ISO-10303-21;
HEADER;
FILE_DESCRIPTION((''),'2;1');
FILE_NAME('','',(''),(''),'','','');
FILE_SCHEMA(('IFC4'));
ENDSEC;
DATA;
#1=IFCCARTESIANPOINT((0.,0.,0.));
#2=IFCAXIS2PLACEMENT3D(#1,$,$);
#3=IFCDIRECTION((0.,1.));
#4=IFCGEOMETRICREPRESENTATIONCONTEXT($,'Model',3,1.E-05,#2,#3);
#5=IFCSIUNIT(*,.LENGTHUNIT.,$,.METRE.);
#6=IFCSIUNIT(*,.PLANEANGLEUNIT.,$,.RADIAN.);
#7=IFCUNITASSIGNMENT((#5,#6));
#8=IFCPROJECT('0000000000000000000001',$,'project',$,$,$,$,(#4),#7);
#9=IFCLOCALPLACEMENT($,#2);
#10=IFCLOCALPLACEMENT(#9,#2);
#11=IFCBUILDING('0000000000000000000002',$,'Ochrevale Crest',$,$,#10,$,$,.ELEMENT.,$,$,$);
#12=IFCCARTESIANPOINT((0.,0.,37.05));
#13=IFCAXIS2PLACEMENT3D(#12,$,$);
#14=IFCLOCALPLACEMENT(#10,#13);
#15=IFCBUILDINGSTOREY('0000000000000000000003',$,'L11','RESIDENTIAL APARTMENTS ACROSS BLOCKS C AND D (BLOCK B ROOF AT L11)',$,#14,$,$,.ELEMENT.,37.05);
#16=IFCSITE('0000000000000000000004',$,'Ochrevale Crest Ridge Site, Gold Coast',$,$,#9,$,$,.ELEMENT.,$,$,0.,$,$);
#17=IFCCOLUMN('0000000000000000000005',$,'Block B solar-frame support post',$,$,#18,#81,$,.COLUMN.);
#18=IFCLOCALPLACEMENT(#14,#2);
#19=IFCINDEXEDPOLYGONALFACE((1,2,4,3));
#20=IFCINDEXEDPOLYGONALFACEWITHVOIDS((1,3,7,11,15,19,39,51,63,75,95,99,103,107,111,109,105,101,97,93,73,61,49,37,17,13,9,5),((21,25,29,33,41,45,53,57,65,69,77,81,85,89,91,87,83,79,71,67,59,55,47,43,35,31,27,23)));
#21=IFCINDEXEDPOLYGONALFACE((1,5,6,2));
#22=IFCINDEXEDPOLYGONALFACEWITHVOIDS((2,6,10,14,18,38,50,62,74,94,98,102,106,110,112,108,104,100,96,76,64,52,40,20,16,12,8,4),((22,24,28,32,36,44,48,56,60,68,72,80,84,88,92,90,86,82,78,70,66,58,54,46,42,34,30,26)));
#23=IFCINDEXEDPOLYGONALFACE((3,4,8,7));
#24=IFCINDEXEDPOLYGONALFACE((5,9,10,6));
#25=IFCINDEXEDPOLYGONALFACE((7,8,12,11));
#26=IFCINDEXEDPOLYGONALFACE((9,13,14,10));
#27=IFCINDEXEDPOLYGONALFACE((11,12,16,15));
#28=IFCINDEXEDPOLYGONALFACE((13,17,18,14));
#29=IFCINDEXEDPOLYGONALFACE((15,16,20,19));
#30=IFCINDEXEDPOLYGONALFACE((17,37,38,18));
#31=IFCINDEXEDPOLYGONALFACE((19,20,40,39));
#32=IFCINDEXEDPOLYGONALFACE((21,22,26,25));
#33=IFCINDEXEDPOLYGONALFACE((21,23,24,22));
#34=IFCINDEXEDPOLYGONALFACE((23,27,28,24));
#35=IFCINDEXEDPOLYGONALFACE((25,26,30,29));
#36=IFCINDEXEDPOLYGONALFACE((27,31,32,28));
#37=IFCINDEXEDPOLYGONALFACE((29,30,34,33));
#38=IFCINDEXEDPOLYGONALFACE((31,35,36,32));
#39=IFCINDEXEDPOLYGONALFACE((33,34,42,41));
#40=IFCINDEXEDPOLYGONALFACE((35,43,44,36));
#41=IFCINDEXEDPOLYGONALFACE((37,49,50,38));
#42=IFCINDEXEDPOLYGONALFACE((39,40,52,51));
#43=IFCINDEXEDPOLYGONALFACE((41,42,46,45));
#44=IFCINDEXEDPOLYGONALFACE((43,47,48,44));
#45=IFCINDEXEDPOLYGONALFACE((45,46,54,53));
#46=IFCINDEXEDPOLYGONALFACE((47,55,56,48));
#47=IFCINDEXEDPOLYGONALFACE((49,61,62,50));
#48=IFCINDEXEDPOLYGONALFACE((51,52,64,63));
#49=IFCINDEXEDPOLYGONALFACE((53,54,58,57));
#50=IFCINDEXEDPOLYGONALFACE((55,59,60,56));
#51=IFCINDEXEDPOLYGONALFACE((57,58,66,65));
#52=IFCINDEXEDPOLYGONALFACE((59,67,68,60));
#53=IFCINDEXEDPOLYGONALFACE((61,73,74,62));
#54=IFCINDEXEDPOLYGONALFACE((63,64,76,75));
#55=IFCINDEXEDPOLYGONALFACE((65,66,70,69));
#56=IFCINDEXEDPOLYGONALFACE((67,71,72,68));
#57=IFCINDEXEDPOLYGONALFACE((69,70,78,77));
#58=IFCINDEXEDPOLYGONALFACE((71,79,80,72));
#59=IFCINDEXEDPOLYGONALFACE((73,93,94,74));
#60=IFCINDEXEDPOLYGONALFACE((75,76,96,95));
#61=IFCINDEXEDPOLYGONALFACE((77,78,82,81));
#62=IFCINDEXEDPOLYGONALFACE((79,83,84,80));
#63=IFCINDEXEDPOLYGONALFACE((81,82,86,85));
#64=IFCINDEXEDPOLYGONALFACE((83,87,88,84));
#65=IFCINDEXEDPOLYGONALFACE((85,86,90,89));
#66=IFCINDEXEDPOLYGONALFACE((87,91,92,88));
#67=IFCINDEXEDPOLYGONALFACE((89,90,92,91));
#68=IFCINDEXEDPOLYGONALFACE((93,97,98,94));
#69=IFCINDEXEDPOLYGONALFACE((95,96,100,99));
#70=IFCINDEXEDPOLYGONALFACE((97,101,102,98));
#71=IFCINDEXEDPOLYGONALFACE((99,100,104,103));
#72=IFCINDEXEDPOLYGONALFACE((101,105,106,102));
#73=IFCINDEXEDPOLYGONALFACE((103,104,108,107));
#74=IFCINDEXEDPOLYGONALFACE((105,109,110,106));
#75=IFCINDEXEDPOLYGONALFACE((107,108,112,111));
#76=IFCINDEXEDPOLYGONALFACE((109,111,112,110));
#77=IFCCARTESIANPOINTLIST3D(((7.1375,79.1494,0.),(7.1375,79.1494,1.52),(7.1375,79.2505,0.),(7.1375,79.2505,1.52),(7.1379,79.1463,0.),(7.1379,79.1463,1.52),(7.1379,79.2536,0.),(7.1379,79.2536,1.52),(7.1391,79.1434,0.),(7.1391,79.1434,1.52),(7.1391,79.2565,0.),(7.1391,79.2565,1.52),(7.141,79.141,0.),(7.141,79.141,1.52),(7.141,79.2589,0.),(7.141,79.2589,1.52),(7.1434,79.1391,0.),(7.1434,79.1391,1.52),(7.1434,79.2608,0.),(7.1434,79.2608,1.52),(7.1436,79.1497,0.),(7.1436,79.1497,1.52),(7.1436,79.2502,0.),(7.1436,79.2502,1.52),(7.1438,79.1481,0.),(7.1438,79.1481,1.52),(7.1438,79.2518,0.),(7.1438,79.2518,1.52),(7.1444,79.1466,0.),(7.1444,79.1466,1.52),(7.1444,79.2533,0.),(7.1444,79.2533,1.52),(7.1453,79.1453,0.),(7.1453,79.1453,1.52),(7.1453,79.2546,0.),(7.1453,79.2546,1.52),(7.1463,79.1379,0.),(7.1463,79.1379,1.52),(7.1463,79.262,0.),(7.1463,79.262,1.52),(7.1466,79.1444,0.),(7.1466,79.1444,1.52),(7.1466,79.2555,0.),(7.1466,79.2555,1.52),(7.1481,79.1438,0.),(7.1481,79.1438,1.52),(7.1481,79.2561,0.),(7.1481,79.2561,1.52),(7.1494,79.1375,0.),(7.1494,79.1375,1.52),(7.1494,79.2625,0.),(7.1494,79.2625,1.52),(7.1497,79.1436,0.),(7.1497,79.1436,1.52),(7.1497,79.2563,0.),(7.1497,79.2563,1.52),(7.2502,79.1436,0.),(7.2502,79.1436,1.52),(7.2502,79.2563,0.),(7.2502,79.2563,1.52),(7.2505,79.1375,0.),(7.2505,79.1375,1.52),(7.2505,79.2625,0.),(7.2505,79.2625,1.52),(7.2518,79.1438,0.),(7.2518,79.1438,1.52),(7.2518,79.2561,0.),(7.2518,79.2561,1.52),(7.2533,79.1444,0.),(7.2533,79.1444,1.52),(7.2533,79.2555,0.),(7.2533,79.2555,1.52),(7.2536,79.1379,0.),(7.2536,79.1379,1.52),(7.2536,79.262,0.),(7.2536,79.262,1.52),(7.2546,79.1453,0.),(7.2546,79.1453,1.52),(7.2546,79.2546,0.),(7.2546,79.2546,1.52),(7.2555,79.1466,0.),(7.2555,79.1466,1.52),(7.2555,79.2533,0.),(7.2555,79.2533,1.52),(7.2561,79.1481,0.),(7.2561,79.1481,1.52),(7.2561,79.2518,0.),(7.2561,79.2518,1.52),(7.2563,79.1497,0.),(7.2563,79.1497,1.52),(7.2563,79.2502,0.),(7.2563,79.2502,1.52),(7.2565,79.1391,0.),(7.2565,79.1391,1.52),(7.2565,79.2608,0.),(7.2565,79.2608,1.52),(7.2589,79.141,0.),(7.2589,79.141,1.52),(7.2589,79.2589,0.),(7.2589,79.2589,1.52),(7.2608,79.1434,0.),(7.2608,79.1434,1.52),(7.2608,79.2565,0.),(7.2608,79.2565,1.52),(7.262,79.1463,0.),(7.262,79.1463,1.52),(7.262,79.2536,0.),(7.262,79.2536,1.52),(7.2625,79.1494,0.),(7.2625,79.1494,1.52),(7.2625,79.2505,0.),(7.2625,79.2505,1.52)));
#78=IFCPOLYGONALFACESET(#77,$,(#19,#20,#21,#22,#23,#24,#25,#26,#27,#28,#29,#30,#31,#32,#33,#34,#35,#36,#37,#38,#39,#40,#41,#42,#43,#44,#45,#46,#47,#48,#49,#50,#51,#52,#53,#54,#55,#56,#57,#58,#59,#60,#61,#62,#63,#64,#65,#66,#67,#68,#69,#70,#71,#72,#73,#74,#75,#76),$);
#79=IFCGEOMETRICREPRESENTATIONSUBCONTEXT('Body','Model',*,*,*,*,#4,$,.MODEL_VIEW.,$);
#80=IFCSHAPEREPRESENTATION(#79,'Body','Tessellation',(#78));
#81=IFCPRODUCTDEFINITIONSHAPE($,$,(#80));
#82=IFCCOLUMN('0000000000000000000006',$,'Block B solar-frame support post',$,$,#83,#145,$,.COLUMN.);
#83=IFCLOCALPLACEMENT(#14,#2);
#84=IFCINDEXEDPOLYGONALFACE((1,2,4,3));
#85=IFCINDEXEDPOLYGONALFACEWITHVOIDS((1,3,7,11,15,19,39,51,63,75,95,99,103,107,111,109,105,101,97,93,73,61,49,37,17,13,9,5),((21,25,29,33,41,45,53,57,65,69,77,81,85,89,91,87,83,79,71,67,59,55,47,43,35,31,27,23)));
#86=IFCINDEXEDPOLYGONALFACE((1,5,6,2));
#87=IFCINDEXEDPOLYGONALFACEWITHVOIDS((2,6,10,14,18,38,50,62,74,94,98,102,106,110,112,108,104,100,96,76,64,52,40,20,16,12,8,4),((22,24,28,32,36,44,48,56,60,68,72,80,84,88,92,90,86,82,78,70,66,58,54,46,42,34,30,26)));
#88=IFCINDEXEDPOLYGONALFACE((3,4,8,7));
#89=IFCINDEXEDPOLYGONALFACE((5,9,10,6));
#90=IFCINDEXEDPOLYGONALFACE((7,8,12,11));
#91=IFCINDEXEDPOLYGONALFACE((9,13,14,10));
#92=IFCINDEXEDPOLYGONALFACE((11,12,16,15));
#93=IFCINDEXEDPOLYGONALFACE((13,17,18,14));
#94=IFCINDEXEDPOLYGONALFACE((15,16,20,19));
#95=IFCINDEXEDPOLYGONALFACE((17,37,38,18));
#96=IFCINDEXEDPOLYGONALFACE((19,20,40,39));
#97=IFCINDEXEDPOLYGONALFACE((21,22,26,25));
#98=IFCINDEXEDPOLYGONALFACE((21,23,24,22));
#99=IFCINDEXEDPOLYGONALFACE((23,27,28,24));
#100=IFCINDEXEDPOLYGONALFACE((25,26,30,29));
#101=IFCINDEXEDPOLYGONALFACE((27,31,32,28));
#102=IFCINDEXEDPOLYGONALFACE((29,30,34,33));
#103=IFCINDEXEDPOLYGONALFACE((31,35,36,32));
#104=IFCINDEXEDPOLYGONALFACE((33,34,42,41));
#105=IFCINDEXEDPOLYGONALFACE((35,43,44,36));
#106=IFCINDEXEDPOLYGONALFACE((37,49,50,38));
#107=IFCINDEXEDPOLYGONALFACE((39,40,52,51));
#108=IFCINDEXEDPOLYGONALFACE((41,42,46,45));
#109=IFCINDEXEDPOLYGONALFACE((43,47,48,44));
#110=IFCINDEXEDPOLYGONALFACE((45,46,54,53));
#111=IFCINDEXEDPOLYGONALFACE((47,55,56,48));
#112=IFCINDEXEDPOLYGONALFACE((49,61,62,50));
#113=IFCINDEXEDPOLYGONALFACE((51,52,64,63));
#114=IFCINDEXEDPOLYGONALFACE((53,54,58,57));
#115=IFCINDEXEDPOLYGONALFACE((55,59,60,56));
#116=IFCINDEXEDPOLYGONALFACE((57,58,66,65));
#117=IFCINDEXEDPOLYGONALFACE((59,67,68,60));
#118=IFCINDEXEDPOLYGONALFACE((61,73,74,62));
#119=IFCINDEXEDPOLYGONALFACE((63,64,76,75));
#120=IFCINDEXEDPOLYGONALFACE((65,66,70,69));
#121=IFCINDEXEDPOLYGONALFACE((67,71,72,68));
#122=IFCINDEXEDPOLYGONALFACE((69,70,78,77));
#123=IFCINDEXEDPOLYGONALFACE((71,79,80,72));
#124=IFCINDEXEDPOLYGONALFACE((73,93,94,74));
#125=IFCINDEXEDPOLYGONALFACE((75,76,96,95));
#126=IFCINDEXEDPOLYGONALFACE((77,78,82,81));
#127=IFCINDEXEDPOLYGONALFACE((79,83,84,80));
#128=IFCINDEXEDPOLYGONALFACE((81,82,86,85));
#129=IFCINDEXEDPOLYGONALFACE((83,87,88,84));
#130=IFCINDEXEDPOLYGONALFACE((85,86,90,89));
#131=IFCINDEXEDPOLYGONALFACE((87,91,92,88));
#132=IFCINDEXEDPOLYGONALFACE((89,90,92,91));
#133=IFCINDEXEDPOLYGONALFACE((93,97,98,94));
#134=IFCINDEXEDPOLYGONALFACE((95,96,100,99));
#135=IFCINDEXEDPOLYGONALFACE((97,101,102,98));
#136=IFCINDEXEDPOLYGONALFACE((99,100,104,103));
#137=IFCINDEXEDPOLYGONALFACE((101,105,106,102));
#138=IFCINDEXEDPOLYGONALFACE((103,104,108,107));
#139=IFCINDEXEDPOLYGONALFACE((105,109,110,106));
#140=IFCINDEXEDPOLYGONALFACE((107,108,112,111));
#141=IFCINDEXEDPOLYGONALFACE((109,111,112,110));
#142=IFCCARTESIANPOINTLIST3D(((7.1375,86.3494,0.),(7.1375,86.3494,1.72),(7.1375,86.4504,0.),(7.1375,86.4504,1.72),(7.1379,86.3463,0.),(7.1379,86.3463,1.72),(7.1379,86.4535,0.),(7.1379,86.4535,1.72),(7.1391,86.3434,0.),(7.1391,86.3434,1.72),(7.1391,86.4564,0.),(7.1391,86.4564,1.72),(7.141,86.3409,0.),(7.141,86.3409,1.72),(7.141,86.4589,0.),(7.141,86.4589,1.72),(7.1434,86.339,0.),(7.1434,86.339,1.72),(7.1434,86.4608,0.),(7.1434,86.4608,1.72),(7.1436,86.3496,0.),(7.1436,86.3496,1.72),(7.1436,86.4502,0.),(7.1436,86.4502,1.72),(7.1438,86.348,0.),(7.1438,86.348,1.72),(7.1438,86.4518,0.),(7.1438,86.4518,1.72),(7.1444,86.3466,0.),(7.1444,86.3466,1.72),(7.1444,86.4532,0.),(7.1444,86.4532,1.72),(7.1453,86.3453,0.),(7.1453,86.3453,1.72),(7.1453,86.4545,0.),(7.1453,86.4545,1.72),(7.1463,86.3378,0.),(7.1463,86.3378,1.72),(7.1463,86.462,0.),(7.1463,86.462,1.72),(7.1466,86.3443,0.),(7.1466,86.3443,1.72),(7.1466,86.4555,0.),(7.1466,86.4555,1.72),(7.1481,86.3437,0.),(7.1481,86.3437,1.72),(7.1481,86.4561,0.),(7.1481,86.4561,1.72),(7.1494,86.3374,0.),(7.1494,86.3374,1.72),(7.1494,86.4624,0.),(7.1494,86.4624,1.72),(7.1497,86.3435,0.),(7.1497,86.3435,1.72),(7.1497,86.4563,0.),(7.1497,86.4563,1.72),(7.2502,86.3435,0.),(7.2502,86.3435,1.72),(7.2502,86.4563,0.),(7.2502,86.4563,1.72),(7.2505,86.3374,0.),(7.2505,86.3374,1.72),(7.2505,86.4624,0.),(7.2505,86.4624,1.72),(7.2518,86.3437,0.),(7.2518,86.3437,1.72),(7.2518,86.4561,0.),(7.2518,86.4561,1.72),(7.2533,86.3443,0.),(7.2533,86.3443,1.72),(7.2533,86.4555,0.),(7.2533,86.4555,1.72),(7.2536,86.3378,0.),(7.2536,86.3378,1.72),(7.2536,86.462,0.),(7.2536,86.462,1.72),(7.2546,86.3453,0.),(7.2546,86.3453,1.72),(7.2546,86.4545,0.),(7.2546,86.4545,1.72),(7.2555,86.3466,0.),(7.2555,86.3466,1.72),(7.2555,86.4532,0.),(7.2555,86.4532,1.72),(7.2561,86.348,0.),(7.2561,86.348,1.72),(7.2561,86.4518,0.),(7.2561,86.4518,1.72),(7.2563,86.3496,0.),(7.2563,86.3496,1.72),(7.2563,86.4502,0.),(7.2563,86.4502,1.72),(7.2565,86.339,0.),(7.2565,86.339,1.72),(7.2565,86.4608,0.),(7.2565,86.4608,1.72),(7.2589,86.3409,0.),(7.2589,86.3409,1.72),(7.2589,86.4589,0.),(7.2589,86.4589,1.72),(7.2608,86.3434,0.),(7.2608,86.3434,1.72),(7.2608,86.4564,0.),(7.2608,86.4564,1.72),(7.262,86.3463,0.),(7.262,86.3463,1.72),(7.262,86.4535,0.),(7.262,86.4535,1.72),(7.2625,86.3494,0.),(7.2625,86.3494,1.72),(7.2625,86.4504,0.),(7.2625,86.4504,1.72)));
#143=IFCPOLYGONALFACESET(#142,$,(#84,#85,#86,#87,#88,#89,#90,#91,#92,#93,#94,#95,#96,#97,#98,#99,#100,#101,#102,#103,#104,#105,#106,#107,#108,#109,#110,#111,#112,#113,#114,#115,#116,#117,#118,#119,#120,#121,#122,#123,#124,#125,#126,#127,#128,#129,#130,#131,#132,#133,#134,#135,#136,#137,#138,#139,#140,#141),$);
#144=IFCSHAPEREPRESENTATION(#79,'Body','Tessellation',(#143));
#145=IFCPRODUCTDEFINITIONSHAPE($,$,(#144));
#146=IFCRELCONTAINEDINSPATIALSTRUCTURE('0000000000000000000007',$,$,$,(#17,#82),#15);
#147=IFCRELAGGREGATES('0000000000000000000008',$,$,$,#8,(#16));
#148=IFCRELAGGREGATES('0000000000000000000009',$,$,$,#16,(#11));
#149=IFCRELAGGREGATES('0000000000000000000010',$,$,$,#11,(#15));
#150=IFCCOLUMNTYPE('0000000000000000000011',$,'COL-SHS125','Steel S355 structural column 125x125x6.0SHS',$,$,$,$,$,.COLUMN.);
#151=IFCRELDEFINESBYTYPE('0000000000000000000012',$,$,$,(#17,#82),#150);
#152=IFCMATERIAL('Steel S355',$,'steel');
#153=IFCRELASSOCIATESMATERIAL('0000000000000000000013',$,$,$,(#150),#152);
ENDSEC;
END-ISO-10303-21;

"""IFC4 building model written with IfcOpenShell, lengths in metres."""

from ifc_helpers import new_model, si_unit, direction, frame, origin, origin_2d, place, context, subcontext, project, spatial, hollow_rectangle, extrude, material, material_profile, profile_set, type_object, element, save


model = new_model("IFC4")

# Units and contexts
model_context = context("Model", 3, precision=1e-05, world=origin(), true_north=direction((0.0, 1.0)))
body_context = subcontext(model_context, "Body", "Model", "MODEL_VIEW")
ifc_project = project(units=[si_unit("LENGTHUNIT", "METRE"), si_unit("PLANEANGLEUNIT", "RADIAN")], contexts=[model_context])

# Site, building, storey
site_placement = place(None, origin())
site = spatial("IfcSite", under=ifc_project, at=site_placement, Name="Ochrevale Crest Ridge Site, Gold Coast", CompositionType="ELEMENT", RefElevation=0.0)
building_placement = place(site_placement, origin())
building = spatial("IfcBuilding", under=site, at=building_placement, Name="Ochrevale Crest", CompositionType="ELEMENT")
storey_placement = place(building_placement, frame((0.0, 0.0, 37.05)))
storey = spatial("IfcBuildingStorey", under=building, at=storey_placement, Name="L11", Description="RESIDENTIAL APARTMENTS ACROSS BLOCKS C AND D (BLOCK B ROOF AT L11)", CompositionType="ELEMENT", Elevation=37.05)

# Columns
ifc_material_1 = material(Name="Steel S355", Category="steel")
ifc_material_profile_1 = material_profile(ifc_material_1, hollow_rectangle(XDim=0.125, YDim=0.125, WallThickness=0.0061, InnerFilletRadius=0.0061, OuterFilletRadius=0.012, at=origin_2d()), Name="125x125x6.0SHS")
ifc_profile_set_1 = profile_set([ifc_material_profile_1], Name="Steel S355")
column_type = type_object("IfcColumnType", Name="COL-SHS125", Description="Steel S355 structural column 125x125x6.0SHS", PredefinedType="COLUMN", material=ifc_profile_set_1)
column_1_placement = place(storey_placement, frame((7.2, 79.2, 0.0), z_axis=(0.0, 0.0, 1.0), x_axis=(1.0, 0.0, 0.0)))
element("IfcColumn", 1, at=column_1_placement, inside=storey, type_object=column_type, Name="Block B solar-frame support post", PredefinedType="COLUMN", context=body_context, shape_type="SweptSolid", body=[
    extrude(hollow_rectangle(XDim=0.125, YDim=0.125, WallThickness=0.0061, InnerFilletRadius=0.0061, OuterFilletRadius=0.012, at=origin_2d()), origin(), (0.0, 0.0, 1.0), 1.52),
])
column_2_placement = place(storey_placement, frame((7.2, 86.3999, 0.0), z_axis=(0.0, 0.0, 1.0), x_axis=(1.0, 0.0, 0.0)))
element("IfcColumn", 2, at=column_2_placement, inside=storey, type_object=column_type, Name="Block B solar-frame support post", PredefinedType="COLUMN", context=body_context, shape_type="SweptSolid", body=[
    extrude(hollow_rectangle(XDim=0.125, YDim=0.125, WallThickness=0.0061, InnerFilletRadius=0.0061, OuterFilletRadius=0.012, at=origin_2d()), origin(), (0.0, 0.0, 1.0), 1.72),
])

save(model, "model.ifc")
